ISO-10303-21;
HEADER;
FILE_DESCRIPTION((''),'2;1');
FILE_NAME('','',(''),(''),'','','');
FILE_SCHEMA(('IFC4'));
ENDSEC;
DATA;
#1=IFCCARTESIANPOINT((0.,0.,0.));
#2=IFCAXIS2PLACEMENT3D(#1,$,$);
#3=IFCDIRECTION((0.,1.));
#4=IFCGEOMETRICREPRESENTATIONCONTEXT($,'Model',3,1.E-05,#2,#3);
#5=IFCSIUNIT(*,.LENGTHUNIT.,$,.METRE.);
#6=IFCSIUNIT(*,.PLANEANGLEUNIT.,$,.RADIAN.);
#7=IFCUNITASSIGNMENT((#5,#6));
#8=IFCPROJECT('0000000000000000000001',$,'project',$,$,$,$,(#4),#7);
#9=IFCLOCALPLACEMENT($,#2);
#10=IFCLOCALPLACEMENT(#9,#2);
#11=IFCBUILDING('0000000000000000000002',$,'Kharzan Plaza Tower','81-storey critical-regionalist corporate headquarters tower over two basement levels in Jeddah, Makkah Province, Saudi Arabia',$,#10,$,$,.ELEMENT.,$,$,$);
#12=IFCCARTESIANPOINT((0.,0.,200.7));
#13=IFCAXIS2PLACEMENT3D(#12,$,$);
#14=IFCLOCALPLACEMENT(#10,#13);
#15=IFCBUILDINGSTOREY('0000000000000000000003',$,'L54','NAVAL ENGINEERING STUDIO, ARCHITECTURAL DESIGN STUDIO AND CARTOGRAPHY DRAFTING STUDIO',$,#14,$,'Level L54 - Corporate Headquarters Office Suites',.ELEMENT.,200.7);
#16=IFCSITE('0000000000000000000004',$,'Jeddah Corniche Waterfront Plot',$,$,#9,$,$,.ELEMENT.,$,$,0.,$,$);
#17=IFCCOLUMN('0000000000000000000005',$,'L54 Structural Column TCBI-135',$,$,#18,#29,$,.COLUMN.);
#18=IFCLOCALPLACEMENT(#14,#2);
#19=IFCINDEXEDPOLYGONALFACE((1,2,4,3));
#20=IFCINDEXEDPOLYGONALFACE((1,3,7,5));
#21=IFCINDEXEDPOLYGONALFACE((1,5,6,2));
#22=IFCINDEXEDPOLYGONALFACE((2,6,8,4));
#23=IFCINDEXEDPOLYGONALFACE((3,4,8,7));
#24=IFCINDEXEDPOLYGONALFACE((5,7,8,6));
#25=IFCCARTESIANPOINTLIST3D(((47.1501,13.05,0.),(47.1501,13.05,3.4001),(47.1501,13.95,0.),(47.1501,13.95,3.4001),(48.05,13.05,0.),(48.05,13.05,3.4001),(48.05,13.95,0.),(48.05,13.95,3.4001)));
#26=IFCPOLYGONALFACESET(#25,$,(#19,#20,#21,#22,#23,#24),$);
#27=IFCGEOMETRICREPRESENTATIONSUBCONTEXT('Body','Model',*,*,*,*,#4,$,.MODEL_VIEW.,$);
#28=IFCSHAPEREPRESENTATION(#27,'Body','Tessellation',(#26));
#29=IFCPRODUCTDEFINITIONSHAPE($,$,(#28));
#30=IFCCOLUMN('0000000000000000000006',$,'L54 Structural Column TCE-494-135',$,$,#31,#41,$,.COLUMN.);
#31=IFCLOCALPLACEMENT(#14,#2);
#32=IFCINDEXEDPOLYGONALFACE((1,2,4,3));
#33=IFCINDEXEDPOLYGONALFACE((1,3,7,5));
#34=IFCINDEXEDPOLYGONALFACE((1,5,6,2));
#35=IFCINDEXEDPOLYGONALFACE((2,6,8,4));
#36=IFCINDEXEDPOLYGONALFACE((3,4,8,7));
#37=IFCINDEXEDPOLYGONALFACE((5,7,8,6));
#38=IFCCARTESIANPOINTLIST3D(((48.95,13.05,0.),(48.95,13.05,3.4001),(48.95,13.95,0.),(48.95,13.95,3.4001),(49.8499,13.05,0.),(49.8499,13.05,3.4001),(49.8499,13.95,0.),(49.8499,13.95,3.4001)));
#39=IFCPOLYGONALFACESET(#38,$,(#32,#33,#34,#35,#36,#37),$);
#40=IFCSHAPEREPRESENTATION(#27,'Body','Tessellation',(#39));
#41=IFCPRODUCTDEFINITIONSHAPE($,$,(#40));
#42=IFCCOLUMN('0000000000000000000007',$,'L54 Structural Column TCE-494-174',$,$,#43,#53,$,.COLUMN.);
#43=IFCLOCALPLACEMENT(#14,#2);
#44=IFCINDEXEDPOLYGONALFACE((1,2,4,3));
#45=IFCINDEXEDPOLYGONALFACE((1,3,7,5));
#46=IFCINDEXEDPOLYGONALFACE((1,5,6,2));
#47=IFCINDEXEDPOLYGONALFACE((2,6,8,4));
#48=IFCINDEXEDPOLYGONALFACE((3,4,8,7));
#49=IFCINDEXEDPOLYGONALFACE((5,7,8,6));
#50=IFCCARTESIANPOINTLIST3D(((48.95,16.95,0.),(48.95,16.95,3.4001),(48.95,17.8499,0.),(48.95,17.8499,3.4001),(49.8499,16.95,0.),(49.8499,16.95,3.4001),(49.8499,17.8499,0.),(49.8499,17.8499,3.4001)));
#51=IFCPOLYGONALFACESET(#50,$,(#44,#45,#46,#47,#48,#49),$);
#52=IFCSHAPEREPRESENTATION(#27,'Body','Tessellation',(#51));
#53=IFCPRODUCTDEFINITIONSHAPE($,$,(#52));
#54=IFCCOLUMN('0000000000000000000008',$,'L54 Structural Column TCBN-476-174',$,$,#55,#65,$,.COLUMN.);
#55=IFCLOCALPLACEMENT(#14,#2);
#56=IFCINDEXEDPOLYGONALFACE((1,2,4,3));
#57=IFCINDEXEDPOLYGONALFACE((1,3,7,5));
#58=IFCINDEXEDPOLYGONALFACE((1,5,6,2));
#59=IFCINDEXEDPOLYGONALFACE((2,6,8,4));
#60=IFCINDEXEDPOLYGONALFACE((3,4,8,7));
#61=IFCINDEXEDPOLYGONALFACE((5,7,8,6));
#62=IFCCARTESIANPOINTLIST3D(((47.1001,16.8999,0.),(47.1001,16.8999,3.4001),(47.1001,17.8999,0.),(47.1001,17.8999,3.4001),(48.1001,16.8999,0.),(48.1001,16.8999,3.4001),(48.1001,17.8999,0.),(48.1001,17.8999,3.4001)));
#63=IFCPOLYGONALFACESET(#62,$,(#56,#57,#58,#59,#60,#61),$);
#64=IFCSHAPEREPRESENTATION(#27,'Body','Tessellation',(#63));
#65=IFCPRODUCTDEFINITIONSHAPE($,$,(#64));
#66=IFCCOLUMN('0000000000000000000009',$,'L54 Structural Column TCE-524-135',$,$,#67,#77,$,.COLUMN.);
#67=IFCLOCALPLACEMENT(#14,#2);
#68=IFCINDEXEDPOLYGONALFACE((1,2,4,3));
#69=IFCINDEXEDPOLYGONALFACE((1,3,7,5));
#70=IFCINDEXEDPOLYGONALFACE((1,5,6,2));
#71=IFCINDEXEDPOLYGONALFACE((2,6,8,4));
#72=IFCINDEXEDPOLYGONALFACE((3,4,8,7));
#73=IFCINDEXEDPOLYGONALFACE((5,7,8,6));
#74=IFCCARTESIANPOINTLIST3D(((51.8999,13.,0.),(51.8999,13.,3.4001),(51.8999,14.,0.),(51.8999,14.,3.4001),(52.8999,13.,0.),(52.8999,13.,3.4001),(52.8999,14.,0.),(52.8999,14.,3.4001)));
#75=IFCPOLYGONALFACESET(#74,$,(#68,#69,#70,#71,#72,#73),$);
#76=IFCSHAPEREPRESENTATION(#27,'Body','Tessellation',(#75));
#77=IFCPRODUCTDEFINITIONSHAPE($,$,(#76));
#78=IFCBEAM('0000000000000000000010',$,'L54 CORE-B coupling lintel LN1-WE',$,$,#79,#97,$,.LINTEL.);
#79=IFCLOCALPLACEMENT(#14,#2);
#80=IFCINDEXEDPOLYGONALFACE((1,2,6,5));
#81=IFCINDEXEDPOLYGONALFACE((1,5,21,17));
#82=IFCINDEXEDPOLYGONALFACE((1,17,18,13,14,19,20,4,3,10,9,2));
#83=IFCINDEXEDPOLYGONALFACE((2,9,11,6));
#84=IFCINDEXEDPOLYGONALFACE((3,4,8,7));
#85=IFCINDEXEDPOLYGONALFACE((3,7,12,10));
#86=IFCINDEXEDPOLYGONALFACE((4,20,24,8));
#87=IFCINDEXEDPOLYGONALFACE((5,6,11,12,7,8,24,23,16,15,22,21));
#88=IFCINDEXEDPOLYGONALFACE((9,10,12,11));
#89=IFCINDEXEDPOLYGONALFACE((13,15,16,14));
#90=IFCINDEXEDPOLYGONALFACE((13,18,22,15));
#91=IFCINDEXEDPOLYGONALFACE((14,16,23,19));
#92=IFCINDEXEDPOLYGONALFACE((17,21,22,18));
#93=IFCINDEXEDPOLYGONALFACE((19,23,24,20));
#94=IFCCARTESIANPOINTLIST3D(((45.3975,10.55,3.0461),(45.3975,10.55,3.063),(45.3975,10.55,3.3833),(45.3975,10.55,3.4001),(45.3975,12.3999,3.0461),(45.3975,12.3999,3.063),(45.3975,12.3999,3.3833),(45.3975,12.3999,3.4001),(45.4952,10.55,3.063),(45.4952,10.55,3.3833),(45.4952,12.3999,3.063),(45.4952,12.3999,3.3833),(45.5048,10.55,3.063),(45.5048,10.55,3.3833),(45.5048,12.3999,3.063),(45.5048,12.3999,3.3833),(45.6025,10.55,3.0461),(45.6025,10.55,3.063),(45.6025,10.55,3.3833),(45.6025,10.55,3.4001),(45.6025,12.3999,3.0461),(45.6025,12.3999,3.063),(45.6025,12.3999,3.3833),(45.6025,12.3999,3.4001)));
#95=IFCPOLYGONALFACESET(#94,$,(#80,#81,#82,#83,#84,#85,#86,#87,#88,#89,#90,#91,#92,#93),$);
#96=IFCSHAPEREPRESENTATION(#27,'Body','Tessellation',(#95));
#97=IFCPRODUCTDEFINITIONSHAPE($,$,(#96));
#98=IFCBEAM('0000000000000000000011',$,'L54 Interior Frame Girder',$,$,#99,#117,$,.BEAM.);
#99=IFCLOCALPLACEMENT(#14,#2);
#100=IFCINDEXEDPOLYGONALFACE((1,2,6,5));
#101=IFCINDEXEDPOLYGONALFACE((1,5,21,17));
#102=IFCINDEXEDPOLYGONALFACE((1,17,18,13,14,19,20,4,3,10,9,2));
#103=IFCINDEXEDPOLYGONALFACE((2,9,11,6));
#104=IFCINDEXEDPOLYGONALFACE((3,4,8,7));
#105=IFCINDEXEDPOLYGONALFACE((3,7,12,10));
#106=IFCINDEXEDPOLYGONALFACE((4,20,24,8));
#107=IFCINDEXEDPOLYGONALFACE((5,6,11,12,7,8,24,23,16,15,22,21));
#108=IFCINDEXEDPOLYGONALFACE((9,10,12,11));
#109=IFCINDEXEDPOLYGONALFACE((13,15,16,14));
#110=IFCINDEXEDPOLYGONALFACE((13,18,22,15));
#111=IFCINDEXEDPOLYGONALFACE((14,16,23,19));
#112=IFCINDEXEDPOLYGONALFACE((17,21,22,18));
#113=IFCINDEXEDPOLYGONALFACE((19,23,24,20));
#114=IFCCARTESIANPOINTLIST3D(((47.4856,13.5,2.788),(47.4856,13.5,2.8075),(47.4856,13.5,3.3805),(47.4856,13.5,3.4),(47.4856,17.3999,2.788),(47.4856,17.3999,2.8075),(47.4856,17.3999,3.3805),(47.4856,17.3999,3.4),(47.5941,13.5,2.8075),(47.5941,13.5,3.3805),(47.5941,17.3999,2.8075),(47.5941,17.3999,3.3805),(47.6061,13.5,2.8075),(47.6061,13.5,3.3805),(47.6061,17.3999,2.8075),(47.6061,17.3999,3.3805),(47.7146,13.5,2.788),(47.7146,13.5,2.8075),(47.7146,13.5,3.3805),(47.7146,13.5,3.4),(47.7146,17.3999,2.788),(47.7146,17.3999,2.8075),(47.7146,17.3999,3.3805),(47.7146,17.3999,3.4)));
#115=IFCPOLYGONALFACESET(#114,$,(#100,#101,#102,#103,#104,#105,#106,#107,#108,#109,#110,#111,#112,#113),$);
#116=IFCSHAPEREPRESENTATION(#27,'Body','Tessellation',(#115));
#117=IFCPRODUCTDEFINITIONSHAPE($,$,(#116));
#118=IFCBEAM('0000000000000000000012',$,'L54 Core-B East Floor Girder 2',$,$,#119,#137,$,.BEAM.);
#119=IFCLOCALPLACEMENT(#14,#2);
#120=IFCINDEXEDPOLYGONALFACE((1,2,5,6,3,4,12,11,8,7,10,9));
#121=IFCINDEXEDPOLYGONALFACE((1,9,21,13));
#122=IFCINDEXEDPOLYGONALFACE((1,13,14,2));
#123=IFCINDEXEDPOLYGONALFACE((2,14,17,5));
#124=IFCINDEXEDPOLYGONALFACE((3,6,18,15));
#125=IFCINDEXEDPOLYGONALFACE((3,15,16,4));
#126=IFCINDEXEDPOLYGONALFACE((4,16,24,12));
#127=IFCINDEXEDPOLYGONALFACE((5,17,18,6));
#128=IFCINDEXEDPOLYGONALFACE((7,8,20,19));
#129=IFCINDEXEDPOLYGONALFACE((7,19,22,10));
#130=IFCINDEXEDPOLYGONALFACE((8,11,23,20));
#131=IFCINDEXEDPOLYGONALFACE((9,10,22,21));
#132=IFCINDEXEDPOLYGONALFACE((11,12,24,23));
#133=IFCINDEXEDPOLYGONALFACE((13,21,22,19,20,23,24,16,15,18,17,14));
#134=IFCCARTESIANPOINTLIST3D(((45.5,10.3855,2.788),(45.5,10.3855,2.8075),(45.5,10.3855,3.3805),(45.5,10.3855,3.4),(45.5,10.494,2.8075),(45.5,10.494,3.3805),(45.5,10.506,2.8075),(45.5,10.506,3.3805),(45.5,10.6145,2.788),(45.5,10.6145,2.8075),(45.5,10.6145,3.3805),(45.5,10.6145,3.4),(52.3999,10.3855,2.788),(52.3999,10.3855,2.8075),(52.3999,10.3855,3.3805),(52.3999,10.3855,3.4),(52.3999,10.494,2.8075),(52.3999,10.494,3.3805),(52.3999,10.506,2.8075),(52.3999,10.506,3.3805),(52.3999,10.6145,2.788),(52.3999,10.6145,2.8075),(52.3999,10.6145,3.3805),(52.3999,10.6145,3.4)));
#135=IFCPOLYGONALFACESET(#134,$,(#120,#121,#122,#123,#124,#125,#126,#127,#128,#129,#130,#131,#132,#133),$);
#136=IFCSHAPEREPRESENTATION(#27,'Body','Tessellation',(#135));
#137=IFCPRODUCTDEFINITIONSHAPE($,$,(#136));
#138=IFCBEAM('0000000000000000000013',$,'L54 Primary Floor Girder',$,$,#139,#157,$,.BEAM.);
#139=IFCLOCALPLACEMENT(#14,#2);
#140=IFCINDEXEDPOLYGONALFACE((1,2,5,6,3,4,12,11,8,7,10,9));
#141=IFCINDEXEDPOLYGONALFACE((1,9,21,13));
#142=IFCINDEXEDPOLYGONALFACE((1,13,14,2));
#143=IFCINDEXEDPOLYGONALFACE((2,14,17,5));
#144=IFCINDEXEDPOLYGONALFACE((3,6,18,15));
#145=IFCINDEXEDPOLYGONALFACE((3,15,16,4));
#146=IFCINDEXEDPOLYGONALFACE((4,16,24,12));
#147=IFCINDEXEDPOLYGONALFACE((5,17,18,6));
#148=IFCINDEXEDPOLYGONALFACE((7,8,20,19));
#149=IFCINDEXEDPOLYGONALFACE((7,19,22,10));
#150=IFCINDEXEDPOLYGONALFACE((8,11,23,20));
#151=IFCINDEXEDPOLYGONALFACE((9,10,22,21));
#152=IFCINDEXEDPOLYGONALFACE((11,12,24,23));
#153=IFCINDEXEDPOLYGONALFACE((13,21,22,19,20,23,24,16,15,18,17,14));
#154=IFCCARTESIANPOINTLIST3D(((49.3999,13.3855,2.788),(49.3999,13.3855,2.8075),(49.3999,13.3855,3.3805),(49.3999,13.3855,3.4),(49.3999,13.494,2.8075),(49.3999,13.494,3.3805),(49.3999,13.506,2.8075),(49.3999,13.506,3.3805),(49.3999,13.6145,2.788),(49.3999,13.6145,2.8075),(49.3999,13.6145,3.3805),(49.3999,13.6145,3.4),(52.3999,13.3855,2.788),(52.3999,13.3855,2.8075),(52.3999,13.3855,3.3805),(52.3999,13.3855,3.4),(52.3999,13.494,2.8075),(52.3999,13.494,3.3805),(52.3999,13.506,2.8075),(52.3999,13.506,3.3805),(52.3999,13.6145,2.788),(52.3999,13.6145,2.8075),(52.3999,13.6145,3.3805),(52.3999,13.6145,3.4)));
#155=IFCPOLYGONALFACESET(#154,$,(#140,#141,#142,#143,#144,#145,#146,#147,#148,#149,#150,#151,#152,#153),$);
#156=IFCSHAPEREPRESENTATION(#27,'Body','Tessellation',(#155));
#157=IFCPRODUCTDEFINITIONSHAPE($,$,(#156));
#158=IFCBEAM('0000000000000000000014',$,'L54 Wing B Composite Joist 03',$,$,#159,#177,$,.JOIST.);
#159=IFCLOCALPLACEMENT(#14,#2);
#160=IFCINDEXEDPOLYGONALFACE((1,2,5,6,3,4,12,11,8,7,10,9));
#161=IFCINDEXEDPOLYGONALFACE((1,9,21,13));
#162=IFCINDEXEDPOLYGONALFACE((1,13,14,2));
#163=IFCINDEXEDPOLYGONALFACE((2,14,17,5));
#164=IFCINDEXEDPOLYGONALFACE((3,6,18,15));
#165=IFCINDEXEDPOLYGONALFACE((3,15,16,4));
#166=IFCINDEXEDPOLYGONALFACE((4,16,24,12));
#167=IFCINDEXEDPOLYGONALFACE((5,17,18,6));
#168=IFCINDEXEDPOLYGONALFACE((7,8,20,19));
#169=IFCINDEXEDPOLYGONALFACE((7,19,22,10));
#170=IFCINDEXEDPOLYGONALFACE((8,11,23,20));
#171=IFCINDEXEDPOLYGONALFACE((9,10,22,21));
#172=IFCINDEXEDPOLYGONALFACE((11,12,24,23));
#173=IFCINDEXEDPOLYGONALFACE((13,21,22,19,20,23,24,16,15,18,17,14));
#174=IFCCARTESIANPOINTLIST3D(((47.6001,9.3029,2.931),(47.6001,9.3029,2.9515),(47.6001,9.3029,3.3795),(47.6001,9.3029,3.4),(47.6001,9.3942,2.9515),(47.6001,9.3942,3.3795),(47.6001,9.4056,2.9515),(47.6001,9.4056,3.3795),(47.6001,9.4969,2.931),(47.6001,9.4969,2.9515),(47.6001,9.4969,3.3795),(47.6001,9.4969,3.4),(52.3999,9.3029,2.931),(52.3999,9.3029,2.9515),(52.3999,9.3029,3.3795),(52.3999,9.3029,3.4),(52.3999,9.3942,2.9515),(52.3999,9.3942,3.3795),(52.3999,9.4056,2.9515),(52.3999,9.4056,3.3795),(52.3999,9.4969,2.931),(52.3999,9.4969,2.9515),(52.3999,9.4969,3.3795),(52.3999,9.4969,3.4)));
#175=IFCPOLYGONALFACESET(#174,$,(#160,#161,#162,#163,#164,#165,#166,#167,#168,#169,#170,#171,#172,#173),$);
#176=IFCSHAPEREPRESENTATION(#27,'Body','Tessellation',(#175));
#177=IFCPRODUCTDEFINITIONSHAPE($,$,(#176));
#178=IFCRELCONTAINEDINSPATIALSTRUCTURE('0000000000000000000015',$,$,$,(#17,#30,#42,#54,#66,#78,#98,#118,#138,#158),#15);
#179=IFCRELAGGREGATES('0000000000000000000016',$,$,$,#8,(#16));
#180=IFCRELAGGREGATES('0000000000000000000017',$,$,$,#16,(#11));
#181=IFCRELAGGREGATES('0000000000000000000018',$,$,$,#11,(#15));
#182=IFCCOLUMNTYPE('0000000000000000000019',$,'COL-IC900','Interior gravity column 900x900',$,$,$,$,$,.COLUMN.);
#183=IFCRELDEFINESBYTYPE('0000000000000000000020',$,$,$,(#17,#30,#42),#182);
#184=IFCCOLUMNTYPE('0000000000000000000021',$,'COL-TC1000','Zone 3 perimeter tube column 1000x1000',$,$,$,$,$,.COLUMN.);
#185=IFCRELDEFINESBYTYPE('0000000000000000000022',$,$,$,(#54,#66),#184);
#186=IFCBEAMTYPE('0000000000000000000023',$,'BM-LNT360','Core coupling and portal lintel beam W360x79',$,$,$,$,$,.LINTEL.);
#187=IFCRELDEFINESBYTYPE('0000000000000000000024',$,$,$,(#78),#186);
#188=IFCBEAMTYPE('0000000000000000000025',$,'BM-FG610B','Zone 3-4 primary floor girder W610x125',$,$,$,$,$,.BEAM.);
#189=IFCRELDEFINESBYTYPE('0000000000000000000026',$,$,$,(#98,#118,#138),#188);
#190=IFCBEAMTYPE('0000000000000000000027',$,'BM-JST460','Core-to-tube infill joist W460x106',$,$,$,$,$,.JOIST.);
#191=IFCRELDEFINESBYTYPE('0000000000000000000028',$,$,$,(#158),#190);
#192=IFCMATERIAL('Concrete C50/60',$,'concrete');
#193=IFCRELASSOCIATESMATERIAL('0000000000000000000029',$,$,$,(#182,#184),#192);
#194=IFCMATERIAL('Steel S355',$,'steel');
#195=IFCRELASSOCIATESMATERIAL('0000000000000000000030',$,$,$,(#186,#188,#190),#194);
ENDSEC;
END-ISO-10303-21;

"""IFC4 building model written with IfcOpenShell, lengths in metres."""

from ifc_helpers import new_model, si_unit, direction, frame, origin, origin_2d, place, context, subcontext, project, spatial, rectangle, i_section, extrude, source, transform, mapped, material, material_profile, profile_set, type_object, element, save


model = new_model("IFC4")

# Units and contexts
model_context = context("Model", 3, precision=1e-05, world=origin(), true_north=direction((0.0, 1.0)))
body_context = subcontext(model_context, "Body", "Model", "MODEL_VIEW")
ifc_project = project(units=[si_unit("LENGTHUNIT", "METRE"), si_unit("PLANEANGLEUNIT", "RADIAN")], contexts=[model_context])

# Site, building, storey
site_placement = place(None, origin())
site = spatial("IfcSite", under=ifc_project, at=site_placement, Name="Jeddah Corniche Waterfront Plot", CompositionType="ELEMENT", RefElevation=0.0)
building_placement = place(site_placement, origin())
building = spatial("IfcBuilding", under=site, at=building_placement, Name="Kharzan Plaza Tower", Description="81-storey critical-regionalist corporate headquarters tower over two basement levels in Jeddah, Makkah Province, Saudi Arabia", CompositionType="ELEMENT")
storey_placement = place(building_placement, frame((0.0, 0.0, 200.7)))
storey = spatial("IfcBuildingStorey", under=building, at=storey_placement, Name="L54", Description="NAVAL ENGINEERING STUDIO, ARCHITECTURAL DESIGN STUDIO AND CARTOGRAPHY DRAFTING STUDIO", LongName="Level L54 - Corporate Headquarters Office Suites", CompositionType="ELEMENT", Elevation=200.7)

# Columns
ifc_material_1 = material(Name="Concrete C50/60", Category="concrete")
ifc_material_profile_1 = material_profile(ifc_material_1, rectangle(XDim=0.8999, YDim=0.8999, at=origin_2d()), Name="RC-IC900x900")
ifc_profile_set_1 = profile_set([ifc_material_profile_1], Name="Concrete C50/60")
column_type_1 = type_object("IfcColumnType", Name="COL-IC900", Description="Interior gravity column 900x900", PredefinedType="COLUMN", material=ifc_profile_set_1)
shared_shape_1 = source(origin(), body_context, "Body", "SweptSolid", [
    extrude(rectangle(XDim=0.8999, YDim=0.8999, at=origin_2d()), origin(), (0.0, 0.0, 1.0), 3.4001),
])
for number, where, z_axis, x_axis, name in (
    (1, (47.6001, 13.5, 0.0), (0.0, 0.0, 1.0), (1.0, 0.0, 0.0), "L54 Structural Column TCBI-135"),
    (2, (49.3999, 13.5, 0.0), (0.0, 0.0, 1.0), (1.0, 0.0, 0.0), "L54 Structural Column TCE-494-135"),
    (3, (49.3999, 17.3999, 0.0), (0.0, 0.0, 1.0), (1.0, 0.0, 0.0), "L54 Structural Column TCE-494-174"),
):
    element("IfcColumn", number, at=place(storey_placement, frame(where, z_axis=z_axis, x_axis=x_axis)), inside=storey, type_object=column_type_1, Name=name, PredefinedType="COLUMN", context=body_context, shape_type="MappedRepresentation", body=[
        mapped(shared_shape_1, transform((0.0, 0.0, 0.0), x_axis=(1.0, 0.0, 0.0), y_axis=(0.0, 1.0, 0.0), z_axis=(0.0, 0.0, 1.0))),
    ])
ifc_material_profile_2 = material_profile(ifc_material_1, rectangle(XDim=1.0, YDim=1.0, at=origin_2d()), Name="RC-TC1000x1000")
ifc_profile_set_2 = profile_set([ifc_material_profile_2], Name="Concrete C50/60")
column_type_2 = type_object("IfcColumnType", Name="COL-TC1000", Description="Zone 3 perimeter tube column 1000x1000", PredefinedType="COLUMN", material=ifc_profile_set_2)
shared_shape_2 = source(origin(), body_context, "Body", "SweptSolid", [
    extrude(rectangle(XDim=1.0, YDim=1.0, at=origin_2d()), origin(), (0.0, 0.0, 1.0), 3.4001),
])
for number, where, z_axis, x_axis, name in (
    (4, (47.6001, 17.3999, 0.0), (0.0, 0.0, 1.0), (1.0, 0.0, 0.0), "L54 Structural Column TCBN-476-174"),
    (5, (52.3999, 13.5, 0.0), (0.0, 0.0, 1.0), (1.0, 0.0, 0.0), "L54 Structural Column TCE-524-135"),
):
    element("IfcColumn", number, at=place(storey_placement, frame(where, z_axis=z_axis, x_axis=x_axis)), inside=storey, type_object=column_type_2, Name=name, PredefinedType="COLUMN", context=body_context, shape_type="MappedRepresentation", body=[
        mapped(shared_shape_2, transform((0.0, 0.0, 0.0), x_axis=(1.0, 0.0, 0.0), y_axis=(0.0, 1.0, 0.0), z_axis=(0.0, 0.0, 1.0))),
    ])

# Beams
ifc_material_2 = material(Name="Steel S355", Category="steel")
ifc_material_profile_3 = material_profile(ifc_material_2, i_section(OverallWidth=0.2051, OverallDepth=0.354, WebThickness=0.0095, FlangeThickness=0.0168, at=origin_2d()), Name="W360x79")
ifc_profile_set_3 = profile_set([ifc_material_profile_3], Name="Steel S355")
beam_type_1 = type_object("IfcBeamType", Name="BM-LNT360", Description="Core coupling and portal lintel beam W360x79", PredefinedType="LINTEL", material=ifc_profile_set_3)
shared_shape_3 = source(origin(), body_context, "Body", "SweptSolid", [
    extrude(i_section(OverallWidth=0.2051, OverallDepth=0.354, WebThickness=0.0095, FlangeThickness=0.0168, at=origin_2d()), origin(), (0.0, 0.0, 1.0), 1.8499),
])
beam_1_placement = place(storey_placement, frame((45.5, 10.55, 3.2231), z_axis=(0.0, 1.0, 0.0), x_axis=(-1.0, 0.0, 0.0)))
element("IfcBeam", 6, at=beam_1_placement, inside=storey, type_object=beam_type_1, Name="L54 CORE-B coupling lintel LN1-WE", PredefinedType="LINTEL", context=body_context, shape_type="MappedRepresentation", body=[
    mapped(shared_shape_3, transform((0.0, 0.0, 0.0), x_axis=(1.0, 0.0, 0.0), y_axis=(0.0, 1.0, 0.0), z_axis=(0.0, 0.0, 1.0))),
])
ifc_material_profile_4 = material_profile(ifc_material_2, i_section(OverallWidth=0.229, OverallDepth=0.6121, WebThickness=0.012, FlangeThickness=0.0195, at=origin_2d()), Name="W610x125")
ifc_profile_set_4 = profile_set([ifc_material_profile_4], Name="Steel S355")
beam_type_2 = type_object("IfcBeamType", Name="BM-FG610B", Description="Zone 3-4 primary floor girder W610x125", PredefinedType="BEAM", material=ifc_profile_set_4)
shared_shape_4 = source(origin(), body_context, "Body", "SweptSolid", [
    extrude(i_section(OverallWidth=0.229, OverallDepth=0.6121, WebThickness=0.012, FlangeThickness=0.0195, at=origin_2d()), origin(), (0.0, 0.0, 1.0), 3.8999),
])
beam_2_placement = place(storey_placement, frame((47.6001, 13.5, 3.094), z_axis=(0.0, 1.0, 0.0), x_axis=(-1.0, 0.0, 0.0)))
element("IfcBeam", 7, at=beam_2_placement, inside=storey, type_object=beam_type_2, Name="L54 Interior Frame Girder", PredefinedType="BEAM", context=body_context, shape_type="MappedRepresentation", body=[
    mapped(shared_shape_4, transform((0.0, 0.0, 0.0), x_axis=(1.0, 0.0, 0.0), y_axis=(0.0, 1.0, 0.0), z_axis=(0.0, 0.0, 1.0))),
])
shared_shape_5 = source(origin(), body_context, "Body", "SweptSolid", [
    extrude(i_section(OverallWidth=0.229, OverallDepth=0.6121, WebThickness=0.012, FlangeThickness=0.0195, at=origin_2d()), origin(), (0.0, 0.0, 1.0), 6.8999),
])
beam_3_placement = place(storey_placement, frame((45.5, 10.5, 3.094), z_axis=(1.0, 0.0, 0.0), x_axis=(0.0, 1.0, 0.0)))
element("IfcBeam", 8, at=beam_3_placement, inside=storey, type_object=beam_type_2, Name="L54 Core-B East Floor Girder 2", PredefinedType="BEAM", context=body_context, shape_type="MappedRepresentation", body=[
    mapped(shared_shape_5, transform((0.0, 0.0, 0.0), x_axis=(1.0, 0.0, 0.0), y_axis=(0.0, 1.0, 0.0), z_axis=(0.0, 0.0, 1.0))),
])
shared_shape_6 = source(origin(), body_context, "Body", "SweptSolid", [
    extrude(i_section(OverallWidth=0.229, OverallDepth=0.6121, WebThickness=0.012, FlangeThickness=0.0195, at=origin_2d()), origin(), (0.0, 0.0, 1.0), 3.0),
])
beam_4_placement = place(storey_placement, frame((49.3999, 13.5, 3.094), z_axis=(1.0, 0.0, 0.0), x_axis=(0.0, 1.0, 0.0)))
element("IfcBeam", 9, at=beam_4_placement, inside=storey, type_object=beam_type_2, Name="L54 Primary Floor Girder", PredefinedType="BEAM", context=body_context, shape_type="MappedRepresentation", body=[
    mapped(shared_shape_6, transform((0.0, 0.0, 0.0), x_axis=(1.0, 0.0, 0.0), y_axis=(0.0, 1.0, 0.0), z_axis=(0.0, 0.0, 1.0))),
])
ifc_material_profile_5 = material_profile(ifc_material_2, i_section(OverallWidth=0.1941, OverallDepth=0.469, WebThickness=0.0115, FlangeThickness=0.0205, at=origin_2d()), Name="W460x106")
ifc_profile_set_5 = profile_set([ifc_material_profile_5], Name="Steel S355")
beam_type_3 = type_object("IfcBeamType", Name="BM-JST460", Description="Core-to-tube infill joist W460x106", PredefinedType="JOIST", material=ifc_profile_set_5)
shared_shape_7 = source(origin(), body_context, "Body", "SweptSolid", [
    extrude(i_section(OverallWidth=0.1941, OverallDepth=0.469, WebThickness=0.0115, FlangeThickness=0.0205, at=origin_2d()), origin(), (0.0, 0.0, 1.0), 4.7998),
])
for number, where, z_axis, x_axis, name in (
    (10, (47.6001, 9.3999, 3.1655), (1.0, 0.0, 0.0), (0.0, 1.0, 0.0), "L54 Wing B Composite Joist 03"),
):
    element("IfcBeam", number, at=place(storey_placement, frame(where, z_axis=z_axis, x_axis=x_axis)), inside=storey, type_object=beam_type_3, Name=name, PredefinedType="JOIST", context=body_context, shape_type="MappedRepresentation", body=[
        mapped(shared_shape_7, transform((0.0, 0.0, 0.0), x_axis=(1.0, 0.0, 0.0), y_axis=(0.0, 1.0, 0.0), z_axis=(0.0, 0.0, 1.0))),
    ])

save(model, "model.ifc")
